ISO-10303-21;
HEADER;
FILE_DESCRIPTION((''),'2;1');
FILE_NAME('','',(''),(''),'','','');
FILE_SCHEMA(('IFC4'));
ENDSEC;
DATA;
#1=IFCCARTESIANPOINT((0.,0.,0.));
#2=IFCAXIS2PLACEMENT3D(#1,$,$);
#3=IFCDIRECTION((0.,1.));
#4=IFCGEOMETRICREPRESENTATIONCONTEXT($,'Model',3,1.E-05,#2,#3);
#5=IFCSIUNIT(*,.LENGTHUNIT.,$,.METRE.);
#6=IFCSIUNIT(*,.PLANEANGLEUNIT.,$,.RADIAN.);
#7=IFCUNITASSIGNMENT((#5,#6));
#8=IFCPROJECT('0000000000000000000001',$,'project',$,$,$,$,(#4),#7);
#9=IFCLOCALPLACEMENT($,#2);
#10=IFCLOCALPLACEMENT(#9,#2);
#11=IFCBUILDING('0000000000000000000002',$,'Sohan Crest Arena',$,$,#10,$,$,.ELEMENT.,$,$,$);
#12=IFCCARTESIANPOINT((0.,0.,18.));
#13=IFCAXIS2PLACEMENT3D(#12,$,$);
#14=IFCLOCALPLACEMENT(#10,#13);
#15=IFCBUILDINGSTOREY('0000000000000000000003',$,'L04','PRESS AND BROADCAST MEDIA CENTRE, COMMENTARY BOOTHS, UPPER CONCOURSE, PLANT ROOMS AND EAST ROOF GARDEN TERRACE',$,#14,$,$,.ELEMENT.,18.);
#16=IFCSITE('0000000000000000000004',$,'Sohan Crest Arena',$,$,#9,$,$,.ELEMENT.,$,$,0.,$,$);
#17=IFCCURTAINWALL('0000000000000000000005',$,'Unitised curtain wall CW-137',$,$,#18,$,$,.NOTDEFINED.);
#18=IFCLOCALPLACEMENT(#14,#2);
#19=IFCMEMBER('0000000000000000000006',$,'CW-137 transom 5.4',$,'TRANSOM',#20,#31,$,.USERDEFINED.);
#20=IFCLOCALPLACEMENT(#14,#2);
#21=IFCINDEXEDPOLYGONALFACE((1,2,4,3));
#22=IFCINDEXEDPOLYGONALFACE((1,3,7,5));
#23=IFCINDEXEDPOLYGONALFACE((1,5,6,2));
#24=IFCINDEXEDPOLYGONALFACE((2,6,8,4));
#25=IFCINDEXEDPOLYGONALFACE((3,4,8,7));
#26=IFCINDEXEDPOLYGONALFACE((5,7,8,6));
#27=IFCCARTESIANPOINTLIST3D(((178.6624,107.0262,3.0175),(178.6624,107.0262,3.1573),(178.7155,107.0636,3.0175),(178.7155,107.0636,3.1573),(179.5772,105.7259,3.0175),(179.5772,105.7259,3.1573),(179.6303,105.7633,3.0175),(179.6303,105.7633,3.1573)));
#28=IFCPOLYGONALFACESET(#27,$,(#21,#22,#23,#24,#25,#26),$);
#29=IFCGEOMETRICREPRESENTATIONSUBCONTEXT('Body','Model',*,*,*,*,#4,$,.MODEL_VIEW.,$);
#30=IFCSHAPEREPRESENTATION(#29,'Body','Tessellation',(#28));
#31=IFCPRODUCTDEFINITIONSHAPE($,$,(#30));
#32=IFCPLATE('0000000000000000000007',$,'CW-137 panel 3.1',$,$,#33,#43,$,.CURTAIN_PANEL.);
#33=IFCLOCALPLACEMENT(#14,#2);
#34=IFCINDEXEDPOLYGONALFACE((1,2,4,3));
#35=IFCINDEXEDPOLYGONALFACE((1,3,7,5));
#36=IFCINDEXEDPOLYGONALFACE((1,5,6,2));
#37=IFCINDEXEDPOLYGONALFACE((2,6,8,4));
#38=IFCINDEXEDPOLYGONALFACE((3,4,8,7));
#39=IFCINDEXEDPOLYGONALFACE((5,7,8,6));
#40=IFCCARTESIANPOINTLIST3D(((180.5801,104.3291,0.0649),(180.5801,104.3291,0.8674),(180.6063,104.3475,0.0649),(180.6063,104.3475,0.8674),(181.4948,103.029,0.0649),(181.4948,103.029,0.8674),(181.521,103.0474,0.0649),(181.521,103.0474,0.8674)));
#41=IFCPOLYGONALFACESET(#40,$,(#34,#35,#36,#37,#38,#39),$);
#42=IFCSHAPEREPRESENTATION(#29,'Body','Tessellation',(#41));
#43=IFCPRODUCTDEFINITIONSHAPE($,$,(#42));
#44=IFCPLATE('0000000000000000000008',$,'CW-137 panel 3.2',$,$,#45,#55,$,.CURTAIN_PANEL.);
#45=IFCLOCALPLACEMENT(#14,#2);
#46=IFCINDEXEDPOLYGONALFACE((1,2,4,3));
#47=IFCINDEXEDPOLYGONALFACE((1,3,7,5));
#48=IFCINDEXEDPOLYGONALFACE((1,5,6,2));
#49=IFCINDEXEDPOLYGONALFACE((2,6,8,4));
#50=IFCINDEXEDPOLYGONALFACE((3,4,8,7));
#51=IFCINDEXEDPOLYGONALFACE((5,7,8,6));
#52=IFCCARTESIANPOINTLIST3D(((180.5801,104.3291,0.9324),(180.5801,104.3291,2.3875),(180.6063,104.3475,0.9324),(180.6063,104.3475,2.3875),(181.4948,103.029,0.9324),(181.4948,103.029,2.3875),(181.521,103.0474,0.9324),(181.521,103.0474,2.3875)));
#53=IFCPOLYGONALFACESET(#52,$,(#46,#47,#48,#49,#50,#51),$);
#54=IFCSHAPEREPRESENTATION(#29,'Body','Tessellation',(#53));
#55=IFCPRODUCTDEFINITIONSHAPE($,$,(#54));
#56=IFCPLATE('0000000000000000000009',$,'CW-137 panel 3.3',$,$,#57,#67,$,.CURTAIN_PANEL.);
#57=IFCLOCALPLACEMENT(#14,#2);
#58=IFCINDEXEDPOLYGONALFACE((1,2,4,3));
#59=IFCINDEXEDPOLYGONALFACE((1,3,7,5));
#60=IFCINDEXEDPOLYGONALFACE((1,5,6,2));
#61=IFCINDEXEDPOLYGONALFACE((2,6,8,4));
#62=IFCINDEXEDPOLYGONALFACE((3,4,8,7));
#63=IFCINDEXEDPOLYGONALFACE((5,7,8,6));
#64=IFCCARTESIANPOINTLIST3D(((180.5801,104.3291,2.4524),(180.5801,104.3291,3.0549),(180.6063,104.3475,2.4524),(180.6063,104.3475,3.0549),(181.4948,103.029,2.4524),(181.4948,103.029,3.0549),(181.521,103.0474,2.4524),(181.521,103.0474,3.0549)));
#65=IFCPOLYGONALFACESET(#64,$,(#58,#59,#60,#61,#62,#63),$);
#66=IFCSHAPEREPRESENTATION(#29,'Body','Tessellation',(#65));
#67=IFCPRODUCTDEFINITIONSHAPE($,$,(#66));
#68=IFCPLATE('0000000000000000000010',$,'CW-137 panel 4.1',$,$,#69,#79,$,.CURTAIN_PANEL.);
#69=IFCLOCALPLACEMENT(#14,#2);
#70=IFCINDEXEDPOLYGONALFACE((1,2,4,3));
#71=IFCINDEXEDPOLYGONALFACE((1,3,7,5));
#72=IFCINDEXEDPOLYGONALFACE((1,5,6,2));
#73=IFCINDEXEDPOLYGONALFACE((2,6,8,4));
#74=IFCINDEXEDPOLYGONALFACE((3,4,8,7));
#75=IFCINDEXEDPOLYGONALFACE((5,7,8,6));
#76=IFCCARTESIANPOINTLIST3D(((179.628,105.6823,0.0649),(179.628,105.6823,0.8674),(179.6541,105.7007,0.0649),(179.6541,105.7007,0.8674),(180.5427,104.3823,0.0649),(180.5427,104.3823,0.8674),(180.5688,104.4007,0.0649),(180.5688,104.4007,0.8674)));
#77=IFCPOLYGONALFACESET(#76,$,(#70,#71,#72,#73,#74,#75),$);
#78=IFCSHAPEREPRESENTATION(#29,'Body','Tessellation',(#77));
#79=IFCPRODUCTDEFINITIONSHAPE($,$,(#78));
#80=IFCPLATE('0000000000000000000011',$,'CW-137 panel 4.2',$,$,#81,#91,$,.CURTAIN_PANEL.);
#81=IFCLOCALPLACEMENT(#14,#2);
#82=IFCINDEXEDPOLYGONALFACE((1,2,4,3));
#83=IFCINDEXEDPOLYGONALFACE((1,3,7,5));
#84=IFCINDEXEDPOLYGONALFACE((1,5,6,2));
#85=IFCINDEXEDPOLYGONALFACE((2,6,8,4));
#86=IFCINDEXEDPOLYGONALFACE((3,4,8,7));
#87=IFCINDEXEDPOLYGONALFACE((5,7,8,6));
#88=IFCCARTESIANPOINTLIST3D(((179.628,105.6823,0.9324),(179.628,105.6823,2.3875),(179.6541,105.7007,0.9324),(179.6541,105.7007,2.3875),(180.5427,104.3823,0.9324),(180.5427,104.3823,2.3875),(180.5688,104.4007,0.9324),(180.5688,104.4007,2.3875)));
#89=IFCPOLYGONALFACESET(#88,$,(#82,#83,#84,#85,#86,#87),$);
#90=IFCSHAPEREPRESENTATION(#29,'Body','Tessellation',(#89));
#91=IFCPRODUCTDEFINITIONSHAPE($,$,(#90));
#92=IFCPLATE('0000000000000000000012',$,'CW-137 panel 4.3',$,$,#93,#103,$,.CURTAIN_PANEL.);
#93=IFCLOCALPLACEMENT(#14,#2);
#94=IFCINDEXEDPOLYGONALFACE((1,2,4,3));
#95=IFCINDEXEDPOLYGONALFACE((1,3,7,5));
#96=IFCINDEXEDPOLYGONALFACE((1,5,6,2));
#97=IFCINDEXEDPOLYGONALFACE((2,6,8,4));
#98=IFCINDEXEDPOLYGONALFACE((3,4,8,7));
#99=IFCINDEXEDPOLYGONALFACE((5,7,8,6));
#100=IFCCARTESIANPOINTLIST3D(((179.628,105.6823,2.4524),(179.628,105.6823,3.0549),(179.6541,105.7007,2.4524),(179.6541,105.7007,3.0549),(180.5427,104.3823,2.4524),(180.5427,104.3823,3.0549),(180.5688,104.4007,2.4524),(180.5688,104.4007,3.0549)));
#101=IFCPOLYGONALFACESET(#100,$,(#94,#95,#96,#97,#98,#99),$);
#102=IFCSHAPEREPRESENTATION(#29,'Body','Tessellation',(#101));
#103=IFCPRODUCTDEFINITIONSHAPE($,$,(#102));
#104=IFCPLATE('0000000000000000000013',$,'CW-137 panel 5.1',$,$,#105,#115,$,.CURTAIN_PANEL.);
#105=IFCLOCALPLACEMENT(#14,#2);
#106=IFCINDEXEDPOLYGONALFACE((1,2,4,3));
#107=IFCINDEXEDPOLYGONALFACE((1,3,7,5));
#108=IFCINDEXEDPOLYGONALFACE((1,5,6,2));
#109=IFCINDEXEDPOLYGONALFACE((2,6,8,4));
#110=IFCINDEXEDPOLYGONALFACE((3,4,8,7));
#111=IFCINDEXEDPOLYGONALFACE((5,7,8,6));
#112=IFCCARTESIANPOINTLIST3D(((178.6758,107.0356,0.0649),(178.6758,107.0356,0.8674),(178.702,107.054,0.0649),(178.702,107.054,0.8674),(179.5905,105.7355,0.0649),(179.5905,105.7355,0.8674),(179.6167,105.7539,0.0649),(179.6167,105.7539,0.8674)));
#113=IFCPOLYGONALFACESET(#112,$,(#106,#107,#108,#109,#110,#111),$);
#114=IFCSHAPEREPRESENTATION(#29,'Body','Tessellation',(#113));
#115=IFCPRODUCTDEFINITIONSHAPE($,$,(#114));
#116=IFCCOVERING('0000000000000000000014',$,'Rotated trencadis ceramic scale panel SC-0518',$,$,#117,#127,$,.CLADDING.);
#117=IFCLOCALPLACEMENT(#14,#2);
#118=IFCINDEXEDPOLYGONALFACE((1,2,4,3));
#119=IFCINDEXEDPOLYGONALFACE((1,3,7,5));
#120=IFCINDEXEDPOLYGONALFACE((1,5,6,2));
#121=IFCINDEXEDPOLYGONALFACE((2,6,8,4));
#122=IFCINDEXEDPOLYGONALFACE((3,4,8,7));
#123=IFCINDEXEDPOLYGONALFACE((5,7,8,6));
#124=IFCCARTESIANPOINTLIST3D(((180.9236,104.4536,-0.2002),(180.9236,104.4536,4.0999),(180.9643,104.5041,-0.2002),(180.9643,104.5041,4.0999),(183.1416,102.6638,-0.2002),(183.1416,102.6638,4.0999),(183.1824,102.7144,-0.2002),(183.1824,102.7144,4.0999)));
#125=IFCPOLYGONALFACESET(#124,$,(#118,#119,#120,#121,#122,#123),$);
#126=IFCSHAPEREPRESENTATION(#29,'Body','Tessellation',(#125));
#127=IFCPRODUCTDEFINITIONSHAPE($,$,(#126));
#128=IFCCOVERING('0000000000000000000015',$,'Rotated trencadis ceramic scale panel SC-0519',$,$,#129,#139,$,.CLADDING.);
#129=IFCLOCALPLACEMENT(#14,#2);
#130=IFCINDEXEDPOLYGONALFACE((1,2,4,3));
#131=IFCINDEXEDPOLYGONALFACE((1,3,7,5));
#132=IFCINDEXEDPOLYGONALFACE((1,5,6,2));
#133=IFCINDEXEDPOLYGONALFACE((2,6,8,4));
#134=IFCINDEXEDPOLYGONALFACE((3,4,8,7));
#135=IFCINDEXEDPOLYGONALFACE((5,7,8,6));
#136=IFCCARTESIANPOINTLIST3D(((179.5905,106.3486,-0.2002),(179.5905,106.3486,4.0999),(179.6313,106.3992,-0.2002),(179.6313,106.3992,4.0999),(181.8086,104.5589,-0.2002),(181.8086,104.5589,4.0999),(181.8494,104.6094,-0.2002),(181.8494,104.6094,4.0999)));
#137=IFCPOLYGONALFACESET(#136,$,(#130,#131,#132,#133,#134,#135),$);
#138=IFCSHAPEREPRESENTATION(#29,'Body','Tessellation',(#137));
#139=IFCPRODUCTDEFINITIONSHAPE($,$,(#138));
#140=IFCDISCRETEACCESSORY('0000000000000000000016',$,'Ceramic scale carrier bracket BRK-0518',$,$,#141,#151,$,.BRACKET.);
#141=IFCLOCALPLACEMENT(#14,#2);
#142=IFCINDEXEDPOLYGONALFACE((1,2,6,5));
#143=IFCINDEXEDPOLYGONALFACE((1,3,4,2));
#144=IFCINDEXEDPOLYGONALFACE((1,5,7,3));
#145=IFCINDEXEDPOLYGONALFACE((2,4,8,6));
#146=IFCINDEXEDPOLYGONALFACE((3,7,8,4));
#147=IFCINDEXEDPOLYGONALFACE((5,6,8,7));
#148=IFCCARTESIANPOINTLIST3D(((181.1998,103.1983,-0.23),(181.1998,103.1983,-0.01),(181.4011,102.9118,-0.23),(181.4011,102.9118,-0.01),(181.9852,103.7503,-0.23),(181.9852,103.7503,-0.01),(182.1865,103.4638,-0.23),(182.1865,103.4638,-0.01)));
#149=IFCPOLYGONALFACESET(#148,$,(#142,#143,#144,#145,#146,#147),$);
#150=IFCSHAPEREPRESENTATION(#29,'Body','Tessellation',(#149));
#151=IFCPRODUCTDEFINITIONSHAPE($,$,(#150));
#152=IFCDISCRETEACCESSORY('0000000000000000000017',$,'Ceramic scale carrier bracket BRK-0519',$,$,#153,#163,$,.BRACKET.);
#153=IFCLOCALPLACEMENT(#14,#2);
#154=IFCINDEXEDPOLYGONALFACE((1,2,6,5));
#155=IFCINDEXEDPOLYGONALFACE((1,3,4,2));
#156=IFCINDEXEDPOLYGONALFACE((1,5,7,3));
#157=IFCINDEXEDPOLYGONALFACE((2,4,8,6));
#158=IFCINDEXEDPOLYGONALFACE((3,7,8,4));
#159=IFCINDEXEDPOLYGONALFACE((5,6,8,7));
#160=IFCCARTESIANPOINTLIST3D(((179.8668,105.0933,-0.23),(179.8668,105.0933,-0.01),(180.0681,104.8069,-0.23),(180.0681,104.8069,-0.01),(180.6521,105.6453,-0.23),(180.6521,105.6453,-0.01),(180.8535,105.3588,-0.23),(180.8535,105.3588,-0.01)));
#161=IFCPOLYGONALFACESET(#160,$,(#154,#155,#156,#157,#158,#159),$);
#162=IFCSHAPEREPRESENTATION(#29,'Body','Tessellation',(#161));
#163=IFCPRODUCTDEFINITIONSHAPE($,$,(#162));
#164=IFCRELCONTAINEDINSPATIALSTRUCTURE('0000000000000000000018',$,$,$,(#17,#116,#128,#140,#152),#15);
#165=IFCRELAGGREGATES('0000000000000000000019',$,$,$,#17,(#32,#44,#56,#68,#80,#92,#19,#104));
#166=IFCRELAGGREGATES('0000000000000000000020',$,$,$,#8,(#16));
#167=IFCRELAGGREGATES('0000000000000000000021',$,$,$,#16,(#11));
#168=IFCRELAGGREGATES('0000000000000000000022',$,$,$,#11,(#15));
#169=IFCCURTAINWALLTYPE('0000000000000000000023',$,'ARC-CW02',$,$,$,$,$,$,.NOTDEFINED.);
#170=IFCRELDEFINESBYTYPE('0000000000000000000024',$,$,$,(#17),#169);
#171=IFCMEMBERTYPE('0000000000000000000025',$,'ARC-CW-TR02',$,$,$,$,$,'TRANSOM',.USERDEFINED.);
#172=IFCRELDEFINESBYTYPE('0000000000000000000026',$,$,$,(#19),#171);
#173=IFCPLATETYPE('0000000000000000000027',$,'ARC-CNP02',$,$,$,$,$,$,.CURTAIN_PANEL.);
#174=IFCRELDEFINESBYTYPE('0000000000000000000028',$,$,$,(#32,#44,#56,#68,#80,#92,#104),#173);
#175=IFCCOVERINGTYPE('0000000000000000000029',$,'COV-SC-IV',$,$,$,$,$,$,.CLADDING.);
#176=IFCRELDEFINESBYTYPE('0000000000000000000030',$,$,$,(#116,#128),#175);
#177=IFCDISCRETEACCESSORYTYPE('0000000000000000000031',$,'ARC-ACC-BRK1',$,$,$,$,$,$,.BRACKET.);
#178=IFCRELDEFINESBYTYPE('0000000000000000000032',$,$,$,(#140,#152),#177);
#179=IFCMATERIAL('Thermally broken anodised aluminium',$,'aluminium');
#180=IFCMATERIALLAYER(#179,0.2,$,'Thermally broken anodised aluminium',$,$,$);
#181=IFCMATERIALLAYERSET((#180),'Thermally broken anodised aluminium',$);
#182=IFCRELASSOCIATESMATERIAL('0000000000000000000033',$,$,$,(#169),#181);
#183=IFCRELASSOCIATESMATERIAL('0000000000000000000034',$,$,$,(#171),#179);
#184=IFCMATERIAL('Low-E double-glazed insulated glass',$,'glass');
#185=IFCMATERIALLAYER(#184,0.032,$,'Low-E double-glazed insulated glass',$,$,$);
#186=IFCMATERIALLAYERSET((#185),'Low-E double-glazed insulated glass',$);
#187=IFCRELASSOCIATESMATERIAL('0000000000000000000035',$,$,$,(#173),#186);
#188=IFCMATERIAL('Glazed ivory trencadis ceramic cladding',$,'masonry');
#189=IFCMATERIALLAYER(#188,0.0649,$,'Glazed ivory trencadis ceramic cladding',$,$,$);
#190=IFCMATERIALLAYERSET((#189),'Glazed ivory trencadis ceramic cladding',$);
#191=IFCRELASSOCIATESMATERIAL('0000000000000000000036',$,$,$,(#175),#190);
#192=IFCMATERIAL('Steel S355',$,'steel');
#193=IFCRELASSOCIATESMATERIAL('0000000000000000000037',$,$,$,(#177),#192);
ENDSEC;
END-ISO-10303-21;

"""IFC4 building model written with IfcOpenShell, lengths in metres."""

from ifc_helpers import new_model, si_unit, direction, frame, origin, origin_2d, place, context, subcontext, project, spatial, rectangle, extrude, material, layer, layer_set, material_profile, profile_set, type_object, element, aggregate, save


model = new_model("IFC4")

# Units and contexts
model_context = context("Model", 3, precision=1e-05, world=origin(), true_north=direction((0.0, 1.0)))
body_context = subcontext(model_context, "Body", "Model", "MODEL_VIEW")
ifc_project = project(units=[si_unit("LENGTHUNIT", "METRE"), si_unit("PLANEANGLEUNIT", "RADIAN")], contexts=[model_context])

# Site, building, storey
site_placement = place(None, origin())
site = spatial("IfcSite", under=ifc_project, at=site_placement, Name="Sohan Crest Arena", CompositionType="ELEMENT", RefElevation=0.0)
building_placement = place(site_placement, origin())
building = spatial("IfcBuilding", under=site, at=building_placement, Name="Sohan Crest Arena", CompositionType="ELEMENT")
storey_placement = place(building_placement, frame((0.0, 0.0, 18.0)))
storey = spatial("IfcBuildingStorey", under=building, at=storey_placement, Name="L04", Description="PRESS AND BROADCAST MEDIA CENTRE, COMMENTARY BOOTHS, UPPER CONCOURSE, PLANT ROOMS AND EAST ROOF GARDEN TERRACE", CompositionType="ELEMENT", Elevation=18.0)

# Curtain wall, member, plates
ifc_material_1 = material(Name="Thermally broken anodised aluminium", Category="aluminium")
ifc_layer_1 = layer(ifc_material_1, 0.2, Name="Thermally broken anodised aluminium")
ifc_layer_set_1 = layer_set([ifc_layer_1], Name="Thermally broken anodised aluminium")
curtain_wall_type = type_object("IfcCurtainWallType", Name="ARC-CW02", PredefinedType="NOTDEFINED", material=ifc_layer_set_1)
curtain_wall_placement = place(storey_placement, origin())
curtain_wall = element("IfcCurtainWall", 1, at=curtain_wall_placement, inside=storey, type_object=curtain_wall_type, Name="Unitised curtain wall CW-137", PredefinedType="NOTDEFINED")
ifc_material_profile_1 = material_profile(ifc_material_1, rectangle(XDim=0.0649, YDim=0.1399, at=origin_2d()), Name="ALU-TRAN 65x140")
ifc_profile_set_1 = profile_set([ifc_material_profile_1], Name="Thermally broken anodised aluminium")
member_type_1 = type_object("IfcMemberType", Name="ARC-CW-TR02", ElementType="TRANSOM", PredefinedType="USERDEFINED", material=ifc_profile_set_1)
member_1_placement = place(storey_placement, frame((179.6038, 105.7446, 3.0874), z_axis=(-0.575398, 0.817873, 0.0), x_axis=(-0.817873, -0.575398, 0.0)))
member_1 = element("IfcMember", 2, at=member_1_placement, type_object=member_type_1, Name="CW-137 transom 5.4", ObjectType="TRANSOM", PredefinedType="USERDEFINED", context=body_context, shape_type="SweptSolid", body=[
    extrude(rectangle(XDim=0.0649, YDim=0.1399, at=origin_2d()), origin(), (0.0, 0.0, 1.0), 1.5898),
])
ifc_material_2 = material(Name="Low-E double-glazed insulated glass", Category="glass")
ifc_layer_2 = layer(ifc_material_2, 0.032, Name="Low-E double-glazed insulated glass")
ifc_layer_set_2 = layer_set([ifc_layer_2], Name="Low-E double-glazed insulated glass")
plate_type = type_object("IfcPlateType", Name="ARC-CNP02", PredefinedType="CURTAIN_PANEL", material=ifc_layer_set_2)
plate_1_placement = place(storey_placement, frame((181.0505, 103.6882, 0.0649), z_axis=(0.0, 0.0, 1.0), x_axis=(-0.575425, 0.817855, 0.0)))
plate_1 = element("IfcPlate", 3, at=plate_1_placement, type_object=plate_type, Name="CW-137 panel 3.1", PredefinedType="CURTAIN_PANEL", context=body_context, shape_type="SweptSolid", body=[
    extrude(rectangle(XDim=1.5896, YDim=0.032, at=origin_2d()), origin(), (0.0, 0.0, 1.0), 0.8025),
])
plate_2_placement = place(storey_placement, frame((181.0505, 103.6882, 0.9324), z_axis=(0.0, 0.0, 1.0), x_axis=(-0.575425, 0.817855, 0.0)))
plate_2 = element("IfcPlate", 4, at=plate_2_placement, type_object=plate_type, Name="CW-137 panel 3.2", PredefinedType="CURTAIN_PANEL", context=body_context, shape_type="SweptSolid", body=[
    extrude(rectangle(XDim=1.5896, YDim=0.032, at=origin_2d()), origin(), (0.0, 0.0, 1.0), 1.4551),
])
plate_3_placement = place(storey_placement, frame((181.0505, 103.6882, 2.4524), z_axis=(0.0, 0.0, 1.0), x_axis=(-0.575425, 0.817855, 0.0)))
plate_3 = element("IfcPlate", 5, at=plate_3_placement, type_object=plate_type, Name="CW-137 panel 3.3", PredefinedType="CURTAIN_PANEL", context=body_context, shape_type="SweptSolid", body=[
    extrude(rectangle(XDim=1.5896, YDim=0.032, at=origin_2d()), origin(), (0.0, 0.0, 1.0), 0.6025),
])
plate_4_placement = place(storey_placement, frame((180.0984, 105.0415, 0.0649), z_axis=(0.0, 0.0, 1.0), x_axis=(-0.575425, 0.817855, 0.0)))
plate_4 = element("IfcPlate", 6, at=plate_4_placement, type_object=plate_type, Name="CW-137 panel 4.1", PredefinedType="CURTAIN_PANEL", context=body_context, shape_type="SweptSolid", body=[
    extrude(rectangle(XDim=1.5896, YDim=0.032, at=origin_2d()), origin(), (0.0, 0.0, 1.0), 0.8025),
])
plate_5_placement = place(storey_placement, frame((180.0984, 105.0415, 0.9324), z_axis=(0.0, 0.0, 1.0), x_axis=(-0.575425, 0.817855, 0.0)))
plate_5 = element("IfcPlate", 7, at=plate_5_placement, type_object=plate_type, Name="CW-137 panel 4.2", PredefinedType="CURTAIN_PANEL", context=body_context, shape_type="SweptSolid", body=[
    extrude(rectangle(XDim=1.5896, YDim=0.032, at=origin_2d()), origin(), (0.0, 0.0, 1.0), 1.4551),
])
plate_6_placement = place(storey_placement, frame((180.0984, 105.0415, 2.4524), z_axis=(0.0, 0.0, 1.0), x_axis=(-0.575425, 0.817855, 0.0)))
plate_6 = element("IfcPlate", 8, at=plate_6_placement, type_object=plate_type, Name="CW-137 panel 4.3", PredefinedType="CURTAIN_PANEL", context=body_context, shape_type="SweptSolid", body=[
    extrude(rectangle(XDim=1.5896, YDim=0.032, at=origin_2d()), origin(), (0.0, 0.0, 1.0), 0.6025),
])
plate_7_placement = place(storey_placement, frame((179.1462, 106.3948, 0.0649), z_axis=(0.0, 0.0, 1.0), x_axis=(-0.575425, 0.817855, 0.0)))
plate_7 = element("IfcPlate", 9, at=plate_7_placement, type_object=plate_type, Name="CW-137 panel 5.1", PredefinedType="CURTAIN_PANEL", context=body_context, shape_type="SweptSolid", body=[
    extrude(rectangle(XDim=1.5896, YDim=0.032, at=origin_2d()), origin(), (0.0, 0.0, 1.0), 0.8025),
])
aggregate(curtain_wall, [plate_1, plate_2, plate_3, plate_4, plate_5, plate_6, member_1, plate_7])

# Coverings
ifc_material_3 = material(Name="Glazed ivory trencadis ceramic cladding", Category="masonry")
ifc_layer_3 = layer(ifc_material_3, 0.0649, Name="Glazed ivory trencadis ceramic cladding")
ifc_layer_set_3 = layer_set([ifc_layer_3], Name="Glazed ivory trencadis ceramic cladding")
covering_type = type_object("IfcCoveringType", Name="COV-SC-IV", PredefinedType="CLADDING", material=ifc_layer_set_3)
for number, where, z_axis, x_axis, name in (
    (10, (182.053, 103.584, -0.2002), (0.0, 0.0, 1.0), (-0.778243, 0.627963, 0.0), "Rotated trencadis ceramic scale panel SC-0518"),
    (11, (180.72, 105.479, -0.2002), (0.0, 0.0, 1.0), (-0.778243, 0.627963, 0.0), "Rotated trencadis ceramic scale panel SC-0519"),
):
    element("IfcCovering", number, at=place(storey_placement, frame(where, z_axis=z_axis, x_axis=x_axis)), inside=storey, type_object=covering_type, Name=name, PredefinedType="CLADDING", context=body_context, shape_type="SweptSolid", body=[
        extrude(rectangle(XDim=2.8501, YDim=0.0649, at=origin_2d()), origin(), (0.0, 0.0, 1.0), 4.3),
    ])

# Discrete accessories
ifc_material_4 = material(Name="Steel S355", Category="steel")
discrete_accessory_type = type_object("IfcDiscreteAccessoryType", Name="ARC-ACC-BRK1", PredefinedType="BRACKET", material=ifc_material_4)
for number, where, z_axis, x_axis, name in (
    (12, (181.6931, 103.3311, -0.23), (0.0, 0.0, 1.0), (-0.575005, 0.81815, 0.0), "Ceramic scale carrier bracket BRK-0518"),
    (13, (180.3601, 105.2261, -0.23), (0.0, 0.0, 1.0), (-0.575005, 0.81815, 0.0), "Ceramic scale carrier bracket BRK-0519"),
):
    element("IfcDiscreteAccessory", number, at=place(storey_placement, frame(where, z_axis=z_axis, x_axis=x_axis)), inside=storey, type_object=discrete_accessory_type, Name=name, PredefinedType="BRACKET", context=body_context, shape_type="SweptSolid", body=[
        extrude(rectangle(XDim=0.3501, YDim=0.96, at=origin_2d()), origin(), (0.0, 0.0, 1.0), 0.22),
    ])

save(model, "model.ifc")
